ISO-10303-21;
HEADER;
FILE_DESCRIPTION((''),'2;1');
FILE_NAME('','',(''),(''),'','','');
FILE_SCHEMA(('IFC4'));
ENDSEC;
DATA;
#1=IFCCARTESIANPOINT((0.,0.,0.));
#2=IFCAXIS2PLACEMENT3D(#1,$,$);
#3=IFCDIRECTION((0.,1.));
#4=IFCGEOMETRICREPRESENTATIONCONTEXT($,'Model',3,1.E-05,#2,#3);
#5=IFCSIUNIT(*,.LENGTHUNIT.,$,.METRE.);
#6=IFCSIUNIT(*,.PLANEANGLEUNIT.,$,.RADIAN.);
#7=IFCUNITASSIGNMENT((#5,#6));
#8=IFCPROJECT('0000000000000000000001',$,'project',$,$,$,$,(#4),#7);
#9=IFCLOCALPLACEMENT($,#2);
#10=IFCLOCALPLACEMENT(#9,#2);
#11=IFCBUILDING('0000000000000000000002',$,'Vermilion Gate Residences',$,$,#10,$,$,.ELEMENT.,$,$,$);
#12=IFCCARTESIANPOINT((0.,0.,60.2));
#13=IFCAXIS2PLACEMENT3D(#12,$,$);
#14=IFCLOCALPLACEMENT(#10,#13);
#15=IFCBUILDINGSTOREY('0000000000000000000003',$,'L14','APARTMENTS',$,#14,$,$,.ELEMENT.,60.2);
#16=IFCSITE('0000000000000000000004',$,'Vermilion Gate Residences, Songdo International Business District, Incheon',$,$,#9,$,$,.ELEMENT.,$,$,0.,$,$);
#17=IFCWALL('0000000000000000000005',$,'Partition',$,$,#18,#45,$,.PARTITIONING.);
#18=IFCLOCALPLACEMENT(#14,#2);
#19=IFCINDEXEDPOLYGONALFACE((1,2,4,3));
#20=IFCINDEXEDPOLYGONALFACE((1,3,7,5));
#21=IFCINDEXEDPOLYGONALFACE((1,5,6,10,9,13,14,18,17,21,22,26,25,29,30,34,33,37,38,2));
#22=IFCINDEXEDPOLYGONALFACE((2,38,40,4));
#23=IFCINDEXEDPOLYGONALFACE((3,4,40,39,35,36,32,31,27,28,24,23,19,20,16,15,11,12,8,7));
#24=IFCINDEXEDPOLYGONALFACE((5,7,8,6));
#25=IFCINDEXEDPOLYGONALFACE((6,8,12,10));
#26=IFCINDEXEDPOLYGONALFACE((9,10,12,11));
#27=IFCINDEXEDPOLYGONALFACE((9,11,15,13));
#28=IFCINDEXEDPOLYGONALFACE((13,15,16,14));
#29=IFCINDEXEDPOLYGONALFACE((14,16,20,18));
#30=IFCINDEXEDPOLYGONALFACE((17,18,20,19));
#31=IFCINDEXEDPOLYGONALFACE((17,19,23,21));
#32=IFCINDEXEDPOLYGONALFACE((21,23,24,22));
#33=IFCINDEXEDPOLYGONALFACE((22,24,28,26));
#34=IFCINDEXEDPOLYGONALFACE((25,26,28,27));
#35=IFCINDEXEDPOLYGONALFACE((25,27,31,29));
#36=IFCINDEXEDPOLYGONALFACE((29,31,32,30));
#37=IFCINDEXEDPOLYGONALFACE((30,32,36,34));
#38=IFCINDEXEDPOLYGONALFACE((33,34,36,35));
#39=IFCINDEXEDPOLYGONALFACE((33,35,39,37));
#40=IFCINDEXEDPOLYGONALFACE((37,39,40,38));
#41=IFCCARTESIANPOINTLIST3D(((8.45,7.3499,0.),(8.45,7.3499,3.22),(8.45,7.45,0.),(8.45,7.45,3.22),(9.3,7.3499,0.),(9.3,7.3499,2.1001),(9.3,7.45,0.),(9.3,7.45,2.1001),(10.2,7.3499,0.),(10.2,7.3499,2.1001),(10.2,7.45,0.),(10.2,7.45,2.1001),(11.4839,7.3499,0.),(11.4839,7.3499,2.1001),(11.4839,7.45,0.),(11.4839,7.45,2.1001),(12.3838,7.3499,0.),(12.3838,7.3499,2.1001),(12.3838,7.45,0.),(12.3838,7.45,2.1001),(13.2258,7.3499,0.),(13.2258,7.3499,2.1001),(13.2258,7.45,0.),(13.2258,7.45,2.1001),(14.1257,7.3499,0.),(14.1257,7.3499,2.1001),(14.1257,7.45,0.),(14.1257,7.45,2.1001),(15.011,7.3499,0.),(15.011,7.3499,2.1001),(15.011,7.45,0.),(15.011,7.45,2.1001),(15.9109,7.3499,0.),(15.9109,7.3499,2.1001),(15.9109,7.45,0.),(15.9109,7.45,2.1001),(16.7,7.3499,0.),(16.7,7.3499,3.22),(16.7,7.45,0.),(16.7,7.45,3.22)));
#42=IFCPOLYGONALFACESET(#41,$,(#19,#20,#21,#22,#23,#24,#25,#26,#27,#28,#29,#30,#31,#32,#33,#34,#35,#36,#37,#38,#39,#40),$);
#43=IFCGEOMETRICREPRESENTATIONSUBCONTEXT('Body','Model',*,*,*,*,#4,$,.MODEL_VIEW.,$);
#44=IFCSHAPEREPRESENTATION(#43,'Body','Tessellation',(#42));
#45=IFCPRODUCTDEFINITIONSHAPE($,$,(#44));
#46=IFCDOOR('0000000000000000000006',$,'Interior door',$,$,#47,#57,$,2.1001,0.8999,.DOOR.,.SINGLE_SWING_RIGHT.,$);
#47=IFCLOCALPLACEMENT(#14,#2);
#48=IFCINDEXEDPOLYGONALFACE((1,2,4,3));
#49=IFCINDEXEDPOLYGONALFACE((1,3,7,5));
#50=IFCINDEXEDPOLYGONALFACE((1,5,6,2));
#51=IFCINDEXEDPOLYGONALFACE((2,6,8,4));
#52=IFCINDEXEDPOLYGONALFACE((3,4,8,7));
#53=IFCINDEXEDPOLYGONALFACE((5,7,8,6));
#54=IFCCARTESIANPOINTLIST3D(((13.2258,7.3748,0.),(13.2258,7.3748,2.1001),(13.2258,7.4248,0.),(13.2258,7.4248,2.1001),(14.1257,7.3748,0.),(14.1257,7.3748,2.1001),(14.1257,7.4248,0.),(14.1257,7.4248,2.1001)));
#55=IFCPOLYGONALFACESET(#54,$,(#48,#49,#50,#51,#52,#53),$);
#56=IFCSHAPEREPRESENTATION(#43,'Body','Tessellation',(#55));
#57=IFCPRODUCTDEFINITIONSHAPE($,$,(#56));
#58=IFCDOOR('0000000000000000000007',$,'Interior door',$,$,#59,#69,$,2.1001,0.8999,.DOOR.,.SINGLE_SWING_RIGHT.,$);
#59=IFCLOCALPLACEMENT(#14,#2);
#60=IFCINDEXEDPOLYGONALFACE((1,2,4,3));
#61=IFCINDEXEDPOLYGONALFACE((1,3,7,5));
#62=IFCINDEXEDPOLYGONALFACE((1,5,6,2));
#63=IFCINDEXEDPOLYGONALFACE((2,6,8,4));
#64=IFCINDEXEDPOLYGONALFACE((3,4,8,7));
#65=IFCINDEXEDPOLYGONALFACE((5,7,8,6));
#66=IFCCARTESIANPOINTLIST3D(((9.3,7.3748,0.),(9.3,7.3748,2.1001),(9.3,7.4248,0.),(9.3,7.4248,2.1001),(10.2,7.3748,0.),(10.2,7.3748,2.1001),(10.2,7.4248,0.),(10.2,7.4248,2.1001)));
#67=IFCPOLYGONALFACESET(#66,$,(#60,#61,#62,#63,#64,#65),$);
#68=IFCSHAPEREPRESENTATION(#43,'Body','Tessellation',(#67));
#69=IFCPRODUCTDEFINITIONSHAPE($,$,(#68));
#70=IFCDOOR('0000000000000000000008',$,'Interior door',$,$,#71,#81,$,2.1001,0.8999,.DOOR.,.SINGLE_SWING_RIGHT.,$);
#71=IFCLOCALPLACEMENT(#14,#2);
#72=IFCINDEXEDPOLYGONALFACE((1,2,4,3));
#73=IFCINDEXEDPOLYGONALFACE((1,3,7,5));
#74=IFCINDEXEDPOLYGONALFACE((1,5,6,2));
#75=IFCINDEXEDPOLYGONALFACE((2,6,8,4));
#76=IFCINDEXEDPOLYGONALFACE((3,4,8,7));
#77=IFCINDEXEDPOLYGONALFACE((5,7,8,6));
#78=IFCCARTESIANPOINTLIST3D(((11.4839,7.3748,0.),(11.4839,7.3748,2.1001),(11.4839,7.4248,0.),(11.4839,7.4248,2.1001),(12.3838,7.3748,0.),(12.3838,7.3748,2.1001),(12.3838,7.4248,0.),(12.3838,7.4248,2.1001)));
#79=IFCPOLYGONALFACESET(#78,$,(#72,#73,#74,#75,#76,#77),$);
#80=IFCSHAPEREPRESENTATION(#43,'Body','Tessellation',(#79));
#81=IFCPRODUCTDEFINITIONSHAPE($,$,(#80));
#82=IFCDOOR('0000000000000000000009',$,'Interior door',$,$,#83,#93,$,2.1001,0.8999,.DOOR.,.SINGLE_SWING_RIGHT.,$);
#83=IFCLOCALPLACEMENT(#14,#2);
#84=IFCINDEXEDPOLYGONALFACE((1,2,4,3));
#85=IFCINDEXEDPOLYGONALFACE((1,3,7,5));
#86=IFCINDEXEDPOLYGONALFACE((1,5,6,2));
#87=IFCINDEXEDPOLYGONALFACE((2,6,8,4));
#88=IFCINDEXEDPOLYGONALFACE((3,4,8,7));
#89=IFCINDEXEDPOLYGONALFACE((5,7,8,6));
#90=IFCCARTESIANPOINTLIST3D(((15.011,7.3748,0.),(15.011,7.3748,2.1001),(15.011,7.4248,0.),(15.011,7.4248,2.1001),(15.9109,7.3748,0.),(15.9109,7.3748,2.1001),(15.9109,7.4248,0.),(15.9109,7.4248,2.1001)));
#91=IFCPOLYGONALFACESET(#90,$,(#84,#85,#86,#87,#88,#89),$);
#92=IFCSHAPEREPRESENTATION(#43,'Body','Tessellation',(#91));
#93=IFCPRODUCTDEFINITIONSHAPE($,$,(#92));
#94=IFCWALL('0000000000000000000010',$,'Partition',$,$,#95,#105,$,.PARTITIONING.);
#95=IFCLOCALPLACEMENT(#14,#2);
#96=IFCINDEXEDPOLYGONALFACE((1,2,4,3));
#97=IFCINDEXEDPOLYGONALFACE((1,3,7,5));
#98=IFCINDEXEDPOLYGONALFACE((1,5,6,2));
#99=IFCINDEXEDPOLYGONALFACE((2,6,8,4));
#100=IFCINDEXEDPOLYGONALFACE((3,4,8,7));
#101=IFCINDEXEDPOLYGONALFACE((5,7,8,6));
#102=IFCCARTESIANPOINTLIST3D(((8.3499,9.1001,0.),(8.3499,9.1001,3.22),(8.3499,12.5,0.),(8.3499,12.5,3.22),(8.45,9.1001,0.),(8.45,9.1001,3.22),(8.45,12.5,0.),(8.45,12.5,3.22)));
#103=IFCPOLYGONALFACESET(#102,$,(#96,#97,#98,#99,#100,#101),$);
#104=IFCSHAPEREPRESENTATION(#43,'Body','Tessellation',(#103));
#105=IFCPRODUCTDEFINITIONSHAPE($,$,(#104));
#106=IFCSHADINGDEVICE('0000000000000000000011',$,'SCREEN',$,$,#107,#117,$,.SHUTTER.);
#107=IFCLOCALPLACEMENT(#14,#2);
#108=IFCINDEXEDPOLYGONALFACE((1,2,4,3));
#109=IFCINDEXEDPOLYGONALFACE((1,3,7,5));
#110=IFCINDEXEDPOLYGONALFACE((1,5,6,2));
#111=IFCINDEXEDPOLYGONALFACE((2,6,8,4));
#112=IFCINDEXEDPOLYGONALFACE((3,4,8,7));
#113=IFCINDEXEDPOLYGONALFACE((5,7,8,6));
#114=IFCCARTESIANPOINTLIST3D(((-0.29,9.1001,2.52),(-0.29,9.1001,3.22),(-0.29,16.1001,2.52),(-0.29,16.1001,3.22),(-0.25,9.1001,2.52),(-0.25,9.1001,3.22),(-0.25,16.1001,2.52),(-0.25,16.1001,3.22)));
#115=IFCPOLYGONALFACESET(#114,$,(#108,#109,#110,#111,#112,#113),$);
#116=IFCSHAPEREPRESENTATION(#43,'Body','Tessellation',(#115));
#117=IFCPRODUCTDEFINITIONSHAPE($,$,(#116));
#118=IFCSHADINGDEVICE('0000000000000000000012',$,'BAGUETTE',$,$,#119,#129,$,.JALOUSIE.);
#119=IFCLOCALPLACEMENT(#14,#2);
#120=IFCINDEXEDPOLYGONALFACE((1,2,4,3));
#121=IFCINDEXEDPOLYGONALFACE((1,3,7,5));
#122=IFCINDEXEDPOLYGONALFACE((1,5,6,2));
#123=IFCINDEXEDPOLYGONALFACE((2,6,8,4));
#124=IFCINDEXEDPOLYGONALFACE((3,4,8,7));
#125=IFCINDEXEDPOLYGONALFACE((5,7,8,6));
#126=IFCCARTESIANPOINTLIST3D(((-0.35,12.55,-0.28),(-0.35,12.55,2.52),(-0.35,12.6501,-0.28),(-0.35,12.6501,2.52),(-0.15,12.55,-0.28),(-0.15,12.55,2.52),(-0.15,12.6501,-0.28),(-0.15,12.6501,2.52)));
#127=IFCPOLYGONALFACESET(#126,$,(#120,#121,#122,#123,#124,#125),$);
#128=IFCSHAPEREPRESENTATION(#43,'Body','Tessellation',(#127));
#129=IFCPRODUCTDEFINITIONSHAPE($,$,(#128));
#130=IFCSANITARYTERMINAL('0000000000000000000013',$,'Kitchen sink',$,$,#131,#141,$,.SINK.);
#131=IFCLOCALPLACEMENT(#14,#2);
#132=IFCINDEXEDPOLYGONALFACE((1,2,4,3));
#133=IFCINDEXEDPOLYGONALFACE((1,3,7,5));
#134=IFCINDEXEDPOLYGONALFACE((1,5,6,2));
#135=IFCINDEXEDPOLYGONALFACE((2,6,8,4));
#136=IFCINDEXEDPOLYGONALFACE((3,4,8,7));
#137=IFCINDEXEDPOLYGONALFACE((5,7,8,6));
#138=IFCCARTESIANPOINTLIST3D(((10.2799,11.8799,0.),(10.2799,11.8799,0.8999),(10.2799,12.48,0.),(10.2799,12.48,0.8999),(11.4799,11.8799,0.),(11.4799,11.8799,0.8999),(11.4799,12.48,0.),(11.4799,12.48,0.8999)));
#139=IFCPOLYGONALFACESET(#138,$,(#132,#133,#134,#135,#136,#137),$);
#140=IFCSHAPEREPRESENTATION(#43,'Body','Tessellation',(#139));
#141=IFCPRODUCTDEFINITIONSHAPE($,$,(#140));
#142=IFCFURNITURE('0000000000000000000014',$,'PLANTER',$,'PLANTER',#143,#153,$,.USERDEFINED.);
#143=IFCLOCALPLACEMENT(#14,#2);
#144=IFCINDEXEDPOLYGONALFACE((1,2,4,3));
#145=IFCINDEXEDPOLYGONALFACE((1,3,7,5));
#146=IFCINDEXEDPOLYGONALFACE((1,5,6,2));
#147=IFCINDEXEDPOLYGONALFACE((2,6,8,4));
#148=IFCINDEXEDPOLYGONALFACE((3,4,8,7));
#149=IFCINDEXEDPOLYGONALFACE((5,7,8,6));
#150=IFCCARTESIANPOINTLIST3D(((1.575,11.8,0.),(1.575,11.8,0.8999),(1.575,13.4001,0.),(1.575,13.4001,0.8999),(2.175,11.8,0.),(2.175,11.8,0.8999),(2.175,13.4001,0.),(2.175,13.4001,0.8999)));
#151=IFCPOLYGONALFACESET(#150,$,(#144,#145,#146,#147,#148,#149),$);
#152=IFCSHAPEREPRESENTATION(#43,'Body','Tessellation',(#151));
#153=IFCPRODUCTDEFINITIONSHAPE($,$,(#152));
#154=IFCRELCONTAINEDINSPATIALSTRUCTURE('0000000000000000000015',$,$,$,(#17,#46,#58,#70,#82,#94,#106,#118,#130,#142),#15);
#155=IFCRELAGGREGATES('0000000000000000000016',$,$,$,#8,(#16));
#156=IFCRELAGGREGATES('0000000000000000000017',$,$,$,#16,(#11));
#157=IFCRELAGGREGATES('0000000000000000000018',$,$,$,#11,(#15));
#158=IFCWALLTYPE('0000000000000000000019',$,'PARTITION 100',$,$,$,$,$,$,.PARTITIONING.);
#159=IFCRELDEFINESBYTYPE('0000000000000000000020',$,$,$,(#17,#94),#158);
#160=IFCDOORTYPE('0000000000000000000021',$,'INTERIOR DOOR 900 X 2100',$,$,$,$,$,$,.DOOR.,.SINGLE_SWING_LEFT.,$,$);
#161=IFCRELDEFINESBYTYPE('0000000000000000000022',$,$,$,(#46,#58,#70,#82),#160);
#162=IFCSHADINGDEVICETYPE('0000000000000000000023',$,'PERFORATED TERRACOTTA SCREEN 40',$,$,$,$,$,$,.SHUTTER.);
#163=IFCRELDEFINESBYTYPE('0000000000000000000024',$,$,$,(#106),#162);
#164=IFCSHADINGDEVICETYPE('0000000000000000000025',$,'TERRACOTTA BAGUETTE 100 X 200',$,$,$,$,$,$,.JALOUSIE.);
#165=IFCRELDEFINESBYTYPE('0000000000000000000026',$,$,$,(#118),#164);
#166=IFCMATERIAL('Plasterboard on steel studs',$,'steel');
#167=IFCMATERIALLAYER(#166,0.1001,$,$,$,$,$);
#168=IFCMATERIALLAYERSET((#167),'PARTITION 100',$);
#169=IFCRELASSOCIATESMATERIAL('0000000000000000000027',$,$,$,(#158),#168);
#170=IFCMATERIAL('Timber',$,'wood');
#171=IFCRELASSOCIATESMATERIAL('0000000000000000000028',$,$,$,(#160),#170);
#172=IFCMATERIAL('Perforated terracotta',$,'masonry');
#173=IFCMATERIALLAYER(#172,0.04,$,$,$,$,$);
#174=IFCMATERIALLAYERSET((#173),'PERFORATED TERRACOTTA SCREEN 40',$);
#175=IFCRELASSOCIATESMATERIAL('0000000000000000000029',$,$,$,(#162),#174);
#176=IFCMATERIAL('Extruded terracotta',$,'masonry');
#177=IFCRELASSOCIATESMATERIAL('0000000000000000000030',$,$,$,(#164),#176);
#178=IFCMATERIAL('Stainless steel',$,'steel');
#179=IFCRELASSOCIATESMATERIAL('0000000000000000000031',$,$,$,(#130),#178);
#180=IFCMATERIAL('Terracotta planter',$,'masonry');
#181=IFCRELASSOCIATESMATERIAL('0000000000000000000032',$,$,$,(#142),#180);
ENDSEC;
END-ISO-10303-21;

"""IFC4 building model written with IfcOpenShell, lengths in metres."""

from ifc_helpers import new_model, si_unit, direction, frame, frame_2d, origin, origin_2d, place, context, subcontext, project, spatial, rectangle, extrude, material, layer, layer_set, material_profile, profile_set, type_object, element, fill, save


model = new_model("IFC4")

# Units and contexts
model_context = context("Model", 3, precision=1e-05, world=origin(), true_north=direction((0.0, 1.0)))
body_context = subcontext(model_context, "Body", "Model", "MODEL_VIEW")
ifc_project = project(units=[si_unit("LENGTHUNIT", "METRE"), si_unit("PLANEANGLEUNIT", "RADIAN")], contexts=[model_context])

# Site, building, storey
site_placement = place(None, origin())
site = spatial("IfcSite", under=ifc_project, at=site_placement, Name="Vermilion Gate Residences, Songdo International Business District, Incheon", CompositionType="ELEMENT", RefElevation=0.0)
building_placement = place(site_placement, origin())
building = spatial("IfcBuilding", under=site, at=building_placement, Name="Vermilion Gate Residences", CompositionType="ELEMENT")
storey_placement = place(building_placement, frame((0.0, 0.0, 60.2)))
storey = spatial("IfcBuildingStorey", under=building, at=storey_placement, Name="L14", Description="APARTMENTS", CompositionType="ELEMENT", Elevation=60.2)

# Wall, openings, doors
ifc_material_1 = material(Name="Plasterboard on steel studs", Category="steel")
ifc_layer_1 = layer(ifc_material_1, 0.1001)
ifc_layer_set_1 = layer_set([ifc_layer_1], Name="PARTITION 100")
wall_type_1 = type_object("IfcWallType", Name="PARTITION 100", PredefinedType="PARTITIONING", material=ifc_layer_set_1)
ifc_material_2 = material(Name="Timber", Category="wood")
door_type = type_object("IfcDoorType", Name="INTERIOR DOOR 900 X 2100", OperationType="SINGLE_SWING_LEFT", PredefinedType="DOOR", material=ifc_material_2)
wall_1_placement = place(storey_placement, frame((8.45, 7.3999, 0.0), z_axis=(0.0, 0.0, 1.0), x_axis=(1.0, 0.0, 0.0)))
wall_1 = element("IfcWall", 1, at=wall_1_placement, inside=storey, type_object=wall_type_1, Name="Partition", PredefinedType="PARTITIONING", context=body_context, shape_type="SweptSolid", body=[
    extrude(rectangle(XDim=8.25, YDim=0.1001, at=frame_2d((4.125, 0.0))), origin(), (0.0, 0.0, 1.0), 3.22),
])
opening_1_placement = place(wall_1_placement, frame((4.7759, 0.0, 0.0)))
opening_1 = element("IfcOpeningElement", 2, at=opening_1_placement, cuts=wall_1, PredefinedType="OPENING", context=body_context, shape_type="SweptSolid", body=[
    extrude(rectangle(XDim=0.8999, YDim=2.1001, at=frame_2d((0.45, 1.05))), frame((0.0, 0.0601, 0.0), z_axis=(0.0, -1.0, 0.0), x_axis=(1.0, 0.0, 0.0)), (0.0, 0.0, 1.0), 0.1201),
])
opening_2_placement = place(wall_1_placement, frame((0.8501, 0.0, 0.0)))
opening_2 = element("IfcOpeningElement", 3, at=opening_2_placement, cuts=wall_1, PredefinedType="OPENING", context=body_context, shape_type="SweptSolid", body=[
    extrude(rectangle(XDim=0.8999, YDim=2.1001, at=frame_2d((0.45, 1.05))), frame((0.0, 0.0601, 0.0), z_axis=(0.0, -1.0, 0.0), x_axis=(1.0, 0.0, 0.0)), (0.0, 0.0, 1.0), 0.1201),
])
opening_3_placement = place(wall_1_placement, frame((3.0339, 0.0, 0.0)))
opening_3 = element("IfcOpeningElement", 4, at=opening_3_placement, cuts=wall_1, PredefinedType="OPENING", context=body_context, shape_type="SweptSolid", body=[
    extrude(rectangle(XDim=0.8999, YDim=2.1001, at=frame_2d((0.45, 1.05))), frame((0.0, 0.0601, 0.0), z_axis=(0.0, -1.0, 0.0), x_axis=(1.0, 0.0, 0.0)), (0.0, 0.0, 1.0), 0.1201),
])
opening_4_placement = place(wall_1_placement, frame((6.561, 0.0, 0.0)))
opening_4 = element("IfcOpeningElement", 5, at=opening_4_placement, cuts=wall_1, PredefinedType="OPENING", context=body_context, shape_type="SweptSolid", body=[
    extrude(rectangle(XDim=0.8999, YDim=2.1001, at=frame_2d((0.45, 1.05))), frame((0.0, 0.0601, 0.0), z_axis=(0.0, -1.0, 0.0), x_axis=(1.0, 0.0, 0.0)), (0.0, 0.0, 1.0), 0.1201),
])
door_1_placement = place(opening_1_placement, origin())
door_1 = element("IfcDoor", 6, at=door_1_placement, inside=storey, type_object=door_type, Name="Interior door", OperationType="SINGLE_SWING_RIGHT", OverallHeight=2.1001, OverallWidth=0.8999, PredefinedType="DOOR", context=body_context, shape_type="SweptSolid", body=[
    extrude(rectangle(XDim=0.8999, YDim=2.1001, at=frame_2d((0.45, 1.05))), frame((0.0, 0.0249, 0.0), z_axis=(0.0, -1.0, 0.0), x_axis=(1.0, 0.0, 0.0)), (0.0, 0.0, 1.0), 0.05),
])
fill(opening_1, door_1)
door_2_placement = place(opening_2_placement, origin())
door_2 = element("IfcDoor", 7, at=door_2_placement, inside=storey, type_object=door_type, Name="Interior door", OperationType="SINGLE_SWING_RIGHT", OverallHeight=2.1001, OverallWidth=0.8999, PredefinedType="DOOR", context=body_context, shape_type="SweptSolid", body=[
    extrude(rectangle(XDim=0.8999, YDim=2.1001, at=frame_2d((0.45, 1.05))), frame((0.0, 0.0249, 0.0), z_axis=(0.0, -1.0, 0.0), x_axis=(1.0, 0.0, 0.0)), (0.0, 0.0, 1.0), 0.05),
])
fill(opening_2, door_2)
door_3_placement = place(opening_3_placement, origin())
door_3 = element("IfcDoor", 8, at=door_3_placement, inside=storey, type_object=door_type, Name="Interior door", OperationType="SINGLE_SWING_RIGHT", OverallHeight=2.1001, OverallWidth=0.8999, PredefinedType="DOOR", context=body_context, shape_type="SweptSolid", body=[
    extrude(rectangle(XDim=0.8999, YDim=2.1001, at=frame_2d((0.45, 1.05))), frame((0.0, 0.0249, 0.0), z_axis=(0.0, -1.0, 0.0), x_axis=(1.0, 0.0, 0.0)), (0.0, 0.0, 1.0), 0.05),
])
fill(opening_3, door_3)
door_4_placement = place(opening_4_placement, origin())
door_4 = element("IfcDoor", 9, at=door_4_placement, inside=storey, type_object=door_type, Name="Interior door", OperationType="SINGLE_SWING_RIGHT", OverallHeight=2.1001, OverallWidth=0.8999, PredefinedType="DOOR", context=body_context, shape_type="SweptSolid", body=[
    extrude(rectangle(XDim=0.8999, YDim=2.1001, at=frame_2d((0.45, 1.05))), frame((0.0, 0.0249, 0.0), z_axis=(0.0, -1.0, 0.0), x_axis=(1.0, 0.0, 0.0)), (0.0, 0.0, 1.0), 0.05),
])
fill(opening_4, door_4)

# Wall
wall_2_placement = place(storey_placement, frame((8.3999, 9.1001, 0.0), z_axis=(0.0, 0.0, 1.0), x_axis=(0.0, 1.0, 0.0)))
element("IfcWall", 10, at=wall_2_placement, inside=storey, type_object=wall_type_1, Name="Partition", PredefinedType="PARTITIONING", context=body_context, shape_type="SweptSolid", body=[
    extrude(rectangle(XDim=3.3999, YDim=0.1001, at=frame_2d((1.7, 0.0))), origin(), (0.0, 0.0, 1.0), 3.22),
])

# Shading devices
ifc_material_3 = material(Name="Perforated terracotta", Category="masonry")
ifc_layer_2 = layer(ifc_material_3, 0.04)
ifc_layer_set_2 = layer_set([ifc_layer_2], Name="PERFORATED TERRACOTTA SCREEN 40")
shading_device_type_1 = type_object("IfcShadingDeviceType", Name="PERFORATED TERRACOTTA SCREEN 40", PredefinedType="SHUTTER", material=ifc_layer_set_2)
shading_device_1_placement = place(storey_placement, frame((-0.27, 12.6001, 2.52), z_axis=(0.0, 0.0, 1.0), x_axis=(0.0, -1.0, 0.0)))
element("IfcShadingDevice", 11, at=shading_device_1_placement, inside=storey, type_object=shading_device_type_1, Name="SCREEN", PredefinedType="SHUTTER", context=body_context, shape_type="SweptSolid", body=[
    extrude(rectangle(XDim=7.0, YDim=0.04, at=origin_2d()), origin(), (0.0, 0.0, 1.0), 0.7),
])
ifc_material_4 = material(Name="Extruded terracotta", Category="masonry")
ifc_material_profile_1 = material_profile(ifc_material_4, rectangle(XDim=0.2, YDim=0.1001, at=origin_2d()), Name="BAGUETTE 100 X 200")
ifc_profile_set_1 = profile_set([ifc_material_profile_1], Name="Extruded terracotta")
shading_device_type_2 = type_object("IfcShadingDeviceType", Name="TERRACOTTA BAGUETTE 100 X 200", PredefinedType="JALOUSIE", material=ifc_profile_set_1)
shading_device_2_placement = place(storey_placement, frame((-0.25, 12.6001, -0.28), z_axis=(0.0, 0.0, 1.0), x_axis=(1.0, 0.0, 0.0)))
element("IfcShadingDevice", 12, at=shading_device_2_placement, inside=storey, type_object=shading_device_type_2, Name="BAGUETTE", PredefinedType="JALOUSIE", context=body_context, shape_type="SweptSolid", body=[
    extrude(rectangle(XDim=0.2, YDim=0.1001, at=origin_2d()), origin(), (0.0, 0.0, 1.0), 2.8),
])

# Sanitary terminal
ifc_material_5 = material(Name="Stainless steel", Category="steel")
sanitary_terminal_placement = place(storey_placement, frame((10.8799, 12.1799, 0.0), z_axis=(0.0, 0.0, 1.0), x_axis=(1.0, 0.0, 0.0)))
element("IfcSanitaryTerminal", 13, at=sanitary_terminal_placement, inside=storey, material=ifc_material_5, Name="Kitchen sink", PredefinedType="SINK", context=body_context, shape_type="SweptSolid", body=[
    extrude(rectangle(XDim=1.2, YDim=0.6001, at=origin_2d()), origin(), (0.0, 0.0, 1.0), 0.8999),
])

# Furniture
ifc_material_6 = material(Name="Terracotta planter", Category="masonry")
furniture_placement = place(storey_placement, frame((1.875, 12.6001, 0.0), z_axis=(0.0, 0.0, 1.0), x_axis=(0.0, -1.0, 0.0)))
element("IfcFurniture", 14, at=furniture_placement, inside=storey, material=ifc_material_6, Name="PLANTER", ObjectType="PLANTER", PredefinedType="USERDEFINED", context=body_context, shape_type="SweptSolid", body=[
    extrude(rectangle(XDim=1.6001, YDim=0.6001, at=origin_2d()), origin(), (0.0, 0.0, 1.0), 0.8999),
])

save(model, "model.ifc")
